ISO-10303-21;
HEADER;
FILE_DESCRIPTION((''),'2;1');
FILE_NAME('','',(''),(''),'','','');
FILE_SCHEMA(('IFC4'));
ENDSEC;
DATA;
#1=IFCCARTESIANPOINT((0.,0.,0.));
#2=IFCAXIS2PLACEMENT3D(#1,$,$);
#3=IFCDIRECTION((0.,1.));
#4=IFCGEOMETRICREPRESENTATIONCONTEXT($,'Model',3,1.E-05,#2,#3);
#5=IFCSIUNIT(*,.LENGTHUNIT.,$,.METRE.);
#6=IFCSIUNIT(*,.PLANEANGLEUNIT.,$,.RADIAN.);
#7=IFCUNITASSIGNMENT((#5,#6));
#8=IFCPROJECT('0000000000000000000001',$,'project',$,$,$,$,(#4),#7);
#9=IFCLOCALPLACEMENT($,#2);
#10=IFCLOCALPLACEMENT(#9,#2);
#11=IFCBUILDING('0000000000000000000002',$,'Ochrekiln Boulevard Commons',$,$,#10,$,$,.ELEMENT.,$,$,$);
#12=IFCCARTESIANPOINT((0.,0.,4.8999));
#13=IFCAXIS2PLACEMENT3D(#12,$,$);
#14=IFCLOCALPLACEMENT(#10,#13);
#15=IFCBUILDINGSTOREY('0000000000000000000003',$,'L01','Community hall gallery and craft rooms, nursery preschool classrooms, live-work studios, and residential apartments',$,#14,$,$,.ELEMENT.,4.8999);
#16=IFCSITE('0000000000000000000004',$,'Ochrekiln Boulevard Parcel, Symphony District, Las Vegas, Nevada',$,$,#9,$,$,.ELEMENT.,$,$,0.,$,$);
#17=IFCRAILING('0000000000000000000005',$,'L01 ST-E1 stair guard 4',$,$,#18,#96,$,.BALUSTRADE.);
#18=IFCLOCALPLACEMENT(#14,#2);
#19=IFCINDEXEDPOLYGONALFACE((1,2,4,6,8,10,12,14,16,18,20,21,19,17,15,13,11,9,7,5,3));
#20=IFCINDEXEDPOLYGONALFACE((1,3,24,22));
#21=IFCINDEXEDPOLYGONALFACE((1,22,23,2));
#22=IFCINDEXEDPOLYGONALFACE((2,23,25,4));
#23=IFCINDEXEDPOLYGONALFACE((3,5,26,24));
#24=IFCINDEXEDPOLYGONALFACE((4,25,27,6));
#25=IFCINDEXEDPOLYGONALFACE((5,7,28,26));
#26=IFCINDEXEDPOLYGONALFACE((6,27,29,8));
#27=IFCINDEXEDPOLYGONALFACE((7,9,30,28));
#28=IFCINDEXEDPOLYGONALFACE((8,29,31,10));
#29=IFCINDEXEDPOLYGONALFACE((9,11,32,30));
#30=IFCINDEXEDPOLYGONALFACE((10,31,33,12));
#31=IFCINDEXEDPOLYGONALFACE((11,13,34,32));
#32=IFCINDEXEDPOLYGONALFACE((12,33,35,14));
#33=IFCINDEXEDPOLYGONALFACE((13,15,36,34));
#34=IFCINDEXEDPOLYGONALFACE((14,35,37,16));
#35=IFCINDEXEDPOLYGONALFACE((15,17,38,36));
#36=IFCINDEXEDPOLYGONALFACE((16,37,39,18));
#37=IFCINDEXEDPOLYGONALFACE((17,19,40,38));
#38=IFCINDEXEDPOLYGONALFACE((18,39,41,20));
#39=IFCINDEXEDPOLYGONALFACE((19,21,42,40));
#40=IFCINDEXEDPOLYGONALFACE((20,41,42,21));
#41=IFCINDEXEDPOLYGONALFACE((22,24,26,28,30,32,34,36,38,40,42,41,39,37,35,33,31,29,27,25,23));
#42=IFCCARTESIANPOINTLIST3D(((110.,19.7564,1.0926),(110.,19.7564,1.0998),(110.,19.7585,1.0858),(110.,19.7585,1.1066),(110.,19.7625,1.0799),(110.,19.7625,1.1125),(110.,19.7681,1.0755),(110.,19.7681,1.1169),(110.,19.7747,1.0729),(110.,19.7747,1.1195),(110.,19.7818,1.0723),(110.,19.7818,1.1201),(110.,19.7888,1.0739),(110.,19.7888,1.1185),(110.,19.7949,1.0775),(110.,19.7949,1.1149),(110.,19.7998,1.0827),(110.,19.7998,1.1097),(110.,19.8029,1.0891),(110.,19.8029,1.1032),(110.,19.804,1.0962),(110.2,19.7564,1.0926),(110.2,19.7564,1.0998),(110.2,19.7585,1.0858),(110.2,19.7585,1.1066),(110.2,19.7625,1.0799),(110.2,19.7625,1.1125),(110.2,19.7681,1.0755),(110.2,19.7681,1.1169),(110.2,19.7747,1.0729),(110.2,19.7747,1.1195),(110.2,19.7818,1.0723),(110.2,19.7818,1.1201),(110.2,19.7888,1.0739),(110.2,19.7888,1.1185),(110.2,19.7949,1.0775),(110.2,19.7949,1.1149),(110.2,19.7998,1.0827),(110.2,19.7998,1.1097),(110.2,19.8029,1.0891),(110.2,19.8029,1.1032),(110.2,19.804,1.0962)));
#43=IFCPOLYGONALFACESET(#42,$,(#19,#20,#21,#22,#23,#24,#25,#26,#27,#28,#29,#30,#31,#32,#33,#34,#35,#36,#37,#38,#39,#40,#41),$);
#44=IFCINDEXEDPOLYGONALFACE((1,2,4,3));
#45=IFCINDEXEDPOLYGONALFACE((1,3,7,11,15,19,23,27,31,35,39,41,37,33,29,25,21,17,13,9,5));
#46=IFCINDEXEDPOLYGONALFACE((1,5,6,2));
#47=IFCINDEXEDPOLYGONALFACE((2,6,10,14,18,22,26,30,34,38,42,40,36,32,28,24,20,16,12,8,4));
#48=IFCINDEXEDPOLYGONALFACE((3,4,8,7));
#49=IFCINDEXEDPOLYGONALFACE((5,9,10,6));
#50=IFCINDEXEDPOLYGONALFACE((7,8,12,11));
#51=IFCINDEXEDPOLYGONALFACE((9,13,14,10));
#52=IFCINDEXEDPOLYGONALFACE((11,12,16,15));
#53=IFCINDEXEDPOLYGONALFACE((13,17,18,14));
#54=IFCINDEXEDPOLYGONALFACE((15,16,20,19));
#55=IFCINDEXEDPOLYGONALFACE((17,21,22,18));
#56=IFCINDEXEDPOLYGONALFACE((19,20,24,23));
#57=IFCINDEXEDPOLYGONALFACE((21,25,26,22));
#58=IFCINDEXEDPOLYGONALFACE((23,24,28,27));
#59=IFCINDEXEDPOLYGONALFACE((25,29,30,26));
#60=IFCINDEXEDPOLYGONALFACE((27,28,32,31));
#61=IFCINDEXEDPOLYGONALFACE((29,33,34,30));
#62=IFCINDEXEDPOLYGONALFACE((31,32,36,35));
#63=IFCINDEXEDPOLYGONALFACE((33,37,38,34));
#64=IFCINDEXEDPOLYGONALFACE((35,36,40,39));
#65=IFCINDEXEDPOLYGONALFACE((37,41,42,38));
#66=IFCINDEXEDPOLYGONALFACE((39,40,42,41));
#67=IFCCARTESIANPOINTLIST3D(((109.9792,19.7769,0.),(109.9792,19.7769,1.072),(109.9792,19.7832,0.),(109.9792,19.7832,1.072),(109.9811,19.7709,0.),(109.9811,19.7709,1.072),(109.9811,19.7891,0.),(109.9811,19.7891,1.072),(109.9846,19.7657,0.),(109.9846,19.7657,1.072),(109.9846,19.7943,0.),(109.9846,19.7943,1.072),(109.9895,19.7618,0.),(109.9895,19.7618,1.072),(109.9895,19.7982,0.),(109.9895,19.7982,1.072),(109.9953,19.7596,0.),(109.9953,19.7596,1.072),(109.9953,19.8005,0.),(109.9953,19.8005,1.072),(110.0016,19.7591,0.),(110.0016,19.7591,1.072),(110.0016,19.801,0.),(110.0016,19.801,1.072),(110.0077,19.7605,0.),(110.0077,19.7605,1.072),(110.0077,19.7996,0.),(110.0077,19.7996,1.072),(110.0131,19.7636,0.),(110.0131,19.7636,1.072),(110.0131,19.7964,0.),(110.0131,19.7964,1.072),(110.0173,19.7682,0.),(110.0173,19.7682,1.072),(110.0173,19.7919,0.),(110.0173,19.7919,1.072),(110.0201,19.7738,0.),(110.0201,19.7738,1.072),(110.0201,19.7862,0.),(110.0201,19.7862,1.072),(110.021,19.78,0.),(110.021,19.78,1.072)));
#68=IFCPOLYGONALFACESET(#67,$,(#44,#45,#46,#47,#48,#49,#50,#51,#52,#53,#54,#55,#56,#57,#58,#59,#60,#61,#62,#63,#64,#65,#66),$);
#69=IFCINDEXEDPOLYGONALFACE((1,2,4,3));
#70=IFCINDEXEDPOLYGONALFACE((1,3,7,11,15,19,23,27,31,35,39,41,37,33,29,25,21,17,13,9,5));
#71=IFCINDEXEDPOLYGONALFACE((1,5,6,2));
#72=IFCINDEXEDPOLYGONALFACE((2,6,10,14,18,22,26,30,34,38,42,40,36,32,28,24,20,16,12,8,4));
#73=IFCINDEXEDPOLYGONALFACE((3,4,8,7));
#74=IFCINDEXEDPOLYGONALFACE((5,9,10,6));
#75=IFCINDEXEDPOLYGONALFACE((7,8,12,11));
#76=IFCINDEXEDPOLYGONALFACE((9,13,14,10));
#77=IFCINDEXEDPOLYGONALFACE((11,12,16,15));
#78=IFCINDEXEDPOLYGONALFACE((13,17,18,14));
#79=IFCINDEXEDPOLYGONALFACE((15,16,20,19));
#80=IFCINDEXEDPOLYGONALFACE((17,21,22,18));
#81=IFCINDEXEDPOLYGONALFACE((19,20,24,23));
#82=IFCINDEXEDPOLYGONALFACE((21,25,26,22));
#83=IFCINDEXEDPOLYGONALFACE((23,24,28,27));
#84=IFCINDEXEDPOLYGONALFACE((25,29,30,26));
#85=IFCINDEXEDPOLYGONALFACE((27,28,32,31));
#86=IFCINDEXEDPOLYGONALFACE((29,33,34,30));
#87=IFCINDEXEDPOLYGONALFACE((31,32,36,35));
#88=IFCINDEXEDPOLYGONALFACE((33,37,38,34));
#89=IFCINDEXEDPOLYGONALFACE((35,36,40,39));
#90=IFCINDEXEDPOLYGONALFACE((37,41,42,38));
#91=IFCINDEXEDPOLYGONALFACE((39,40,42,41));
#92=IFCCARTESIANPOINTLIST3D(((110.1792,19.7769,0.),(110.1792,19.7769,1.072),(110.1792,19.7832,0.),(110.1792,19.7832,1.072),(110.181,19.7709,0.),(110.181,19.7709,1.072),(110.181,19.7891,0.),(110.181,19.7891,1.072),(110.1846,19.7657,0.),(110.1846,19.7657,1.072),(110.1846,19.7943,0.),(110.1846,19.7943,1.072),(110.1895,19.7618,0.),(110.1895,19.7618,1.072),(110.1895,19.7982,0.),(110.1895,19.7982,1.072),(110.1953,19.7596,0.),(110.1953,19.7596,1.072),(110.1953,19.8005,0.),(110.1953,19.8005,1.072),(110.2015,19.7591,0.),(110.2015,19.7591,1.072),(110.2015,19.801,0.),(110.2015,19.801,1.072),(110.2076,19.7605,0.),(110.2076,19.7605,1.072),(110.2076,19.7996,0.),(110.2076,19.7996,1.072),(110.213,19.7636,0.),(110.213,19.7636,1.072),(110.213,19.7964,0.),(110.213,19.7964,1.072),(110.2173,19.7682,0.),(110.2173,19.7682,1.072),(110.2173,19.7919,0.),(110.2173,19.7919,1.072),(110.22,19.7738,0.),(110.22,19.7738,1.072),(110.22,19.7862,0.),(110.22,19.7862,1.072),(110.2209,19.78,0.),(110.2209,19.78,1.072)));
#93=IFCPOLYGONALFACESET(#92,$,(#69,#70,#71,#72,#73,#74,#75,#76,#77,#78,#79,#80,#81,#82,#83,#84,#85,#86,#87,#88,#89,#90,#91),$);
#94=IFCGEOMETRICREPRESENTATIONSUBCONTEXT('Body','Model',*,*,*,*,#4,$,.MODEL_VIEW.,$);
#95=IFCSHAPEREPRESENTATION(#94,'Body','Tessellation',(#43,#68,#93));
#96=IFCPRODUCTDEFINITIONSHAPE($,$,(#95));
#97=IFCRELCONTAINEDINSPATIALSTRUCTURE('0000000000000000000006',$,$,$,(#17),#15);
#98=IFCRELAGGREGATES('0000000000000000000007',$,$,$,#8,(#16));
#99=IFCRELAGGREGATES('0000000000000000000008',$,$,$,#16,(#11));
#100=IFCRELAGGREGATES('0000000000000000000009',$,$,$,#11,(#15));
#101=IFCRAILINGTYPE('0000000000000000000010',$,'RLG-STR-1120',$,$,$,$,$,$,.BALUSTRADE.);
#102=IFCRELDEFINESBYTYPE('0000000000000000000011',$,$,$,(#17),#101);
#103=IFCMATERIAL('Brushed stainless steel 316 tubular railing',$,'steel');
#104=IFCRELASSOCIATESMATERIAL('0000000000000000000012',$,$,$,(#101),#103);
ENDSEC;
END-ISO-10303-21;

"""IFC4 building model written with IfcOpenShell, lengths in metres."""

from ifc_helpers import new_model, si_unit, direction, frame, origin, origin_2d, place, context, subcontext, project, spatial, circle, extrude, material, type_object, element, save


model = new_model("IFC4")

# Units and contexts
model_context = context("Model", 3, precision=1e-05, world=origin(), true_north=direction((0.0, 1.0)))
body_context = subcontext(model_context, "Body", "Model", "MODEL_VIEW")
ifc_project = project(units=[si_unit("LENGTHUNIT", "METRE"), si_unit("PLANEANGLEUNIT", "RADIAN")], contexts=[model_context])

# Site, building, storey
site_placement = place(None, origin())
site = spatial("IfcSite", under=ifc_project, at=site_placement, Name="Ochrekiln Boulevard Parcel, Symphony District, Las Vegas, Nevada", CompositionType="ELEMENT", RefElevation=0.0)
building_placement = place(site_placement, origin())
building = spatial("IfcBuilding", under=site, at=building_placement, Name="Ochrekiln Boulevard Commons", CompositionType="ELEMENT")
storey_placement = place(building_placement, frame((0.0, 0.0, 4.8999)))
storey = spatial("IfcBuildingStorey", under=building, at=storey_placement, Name="L01", Description="Community hall gallery and craft rooms, nursery preschool classrooms, live-work studios, and residential apartments", CompositionType="ELEMENT", Elevation=4.8999)

# Railing
ifc_material_1 = material(Name="Brushed stainless steel 316 tubular railing", Category="steel")
railing_type_1 = type_object("IfcRailingType", Name="RLG-STR-1120", PredefinedType="BALUSTRADE", material=ifc_material_1)
railing_1_placement = place(storey_placement, frame((110.0, 19.78, 0.0)))
element("IfcRailing", 1, at=railing_1_placement, inside=storey, type_object=railing_type_1, Name="L01 ST-E1 stair guard 4", PredefinedType="BALUSTRADE", context=body_context, shape_type="SweptSolid", body=[
    extrude(circle(Radius=0.0239, at=origin_2d()), frame((0.0, 0.0, 1.0962), z_axis=(1.0, 0.0, 0.0), x_axis=(0.0, 1.0, 0.0)), (0.0, 0.0, 1.0), 0.2),
    extrude(circle(Radius=0.021, at=origin_2d()), origin(), (0.0, 0.0, 1.0), 1.072),
    extrude(circle(Radius=0.021, at=origin_2d()), frame((0.2, 0.0, 0.0)), (0.0, 0.0, 1.0), 1.072),
])

save(model, "model.ifc")
